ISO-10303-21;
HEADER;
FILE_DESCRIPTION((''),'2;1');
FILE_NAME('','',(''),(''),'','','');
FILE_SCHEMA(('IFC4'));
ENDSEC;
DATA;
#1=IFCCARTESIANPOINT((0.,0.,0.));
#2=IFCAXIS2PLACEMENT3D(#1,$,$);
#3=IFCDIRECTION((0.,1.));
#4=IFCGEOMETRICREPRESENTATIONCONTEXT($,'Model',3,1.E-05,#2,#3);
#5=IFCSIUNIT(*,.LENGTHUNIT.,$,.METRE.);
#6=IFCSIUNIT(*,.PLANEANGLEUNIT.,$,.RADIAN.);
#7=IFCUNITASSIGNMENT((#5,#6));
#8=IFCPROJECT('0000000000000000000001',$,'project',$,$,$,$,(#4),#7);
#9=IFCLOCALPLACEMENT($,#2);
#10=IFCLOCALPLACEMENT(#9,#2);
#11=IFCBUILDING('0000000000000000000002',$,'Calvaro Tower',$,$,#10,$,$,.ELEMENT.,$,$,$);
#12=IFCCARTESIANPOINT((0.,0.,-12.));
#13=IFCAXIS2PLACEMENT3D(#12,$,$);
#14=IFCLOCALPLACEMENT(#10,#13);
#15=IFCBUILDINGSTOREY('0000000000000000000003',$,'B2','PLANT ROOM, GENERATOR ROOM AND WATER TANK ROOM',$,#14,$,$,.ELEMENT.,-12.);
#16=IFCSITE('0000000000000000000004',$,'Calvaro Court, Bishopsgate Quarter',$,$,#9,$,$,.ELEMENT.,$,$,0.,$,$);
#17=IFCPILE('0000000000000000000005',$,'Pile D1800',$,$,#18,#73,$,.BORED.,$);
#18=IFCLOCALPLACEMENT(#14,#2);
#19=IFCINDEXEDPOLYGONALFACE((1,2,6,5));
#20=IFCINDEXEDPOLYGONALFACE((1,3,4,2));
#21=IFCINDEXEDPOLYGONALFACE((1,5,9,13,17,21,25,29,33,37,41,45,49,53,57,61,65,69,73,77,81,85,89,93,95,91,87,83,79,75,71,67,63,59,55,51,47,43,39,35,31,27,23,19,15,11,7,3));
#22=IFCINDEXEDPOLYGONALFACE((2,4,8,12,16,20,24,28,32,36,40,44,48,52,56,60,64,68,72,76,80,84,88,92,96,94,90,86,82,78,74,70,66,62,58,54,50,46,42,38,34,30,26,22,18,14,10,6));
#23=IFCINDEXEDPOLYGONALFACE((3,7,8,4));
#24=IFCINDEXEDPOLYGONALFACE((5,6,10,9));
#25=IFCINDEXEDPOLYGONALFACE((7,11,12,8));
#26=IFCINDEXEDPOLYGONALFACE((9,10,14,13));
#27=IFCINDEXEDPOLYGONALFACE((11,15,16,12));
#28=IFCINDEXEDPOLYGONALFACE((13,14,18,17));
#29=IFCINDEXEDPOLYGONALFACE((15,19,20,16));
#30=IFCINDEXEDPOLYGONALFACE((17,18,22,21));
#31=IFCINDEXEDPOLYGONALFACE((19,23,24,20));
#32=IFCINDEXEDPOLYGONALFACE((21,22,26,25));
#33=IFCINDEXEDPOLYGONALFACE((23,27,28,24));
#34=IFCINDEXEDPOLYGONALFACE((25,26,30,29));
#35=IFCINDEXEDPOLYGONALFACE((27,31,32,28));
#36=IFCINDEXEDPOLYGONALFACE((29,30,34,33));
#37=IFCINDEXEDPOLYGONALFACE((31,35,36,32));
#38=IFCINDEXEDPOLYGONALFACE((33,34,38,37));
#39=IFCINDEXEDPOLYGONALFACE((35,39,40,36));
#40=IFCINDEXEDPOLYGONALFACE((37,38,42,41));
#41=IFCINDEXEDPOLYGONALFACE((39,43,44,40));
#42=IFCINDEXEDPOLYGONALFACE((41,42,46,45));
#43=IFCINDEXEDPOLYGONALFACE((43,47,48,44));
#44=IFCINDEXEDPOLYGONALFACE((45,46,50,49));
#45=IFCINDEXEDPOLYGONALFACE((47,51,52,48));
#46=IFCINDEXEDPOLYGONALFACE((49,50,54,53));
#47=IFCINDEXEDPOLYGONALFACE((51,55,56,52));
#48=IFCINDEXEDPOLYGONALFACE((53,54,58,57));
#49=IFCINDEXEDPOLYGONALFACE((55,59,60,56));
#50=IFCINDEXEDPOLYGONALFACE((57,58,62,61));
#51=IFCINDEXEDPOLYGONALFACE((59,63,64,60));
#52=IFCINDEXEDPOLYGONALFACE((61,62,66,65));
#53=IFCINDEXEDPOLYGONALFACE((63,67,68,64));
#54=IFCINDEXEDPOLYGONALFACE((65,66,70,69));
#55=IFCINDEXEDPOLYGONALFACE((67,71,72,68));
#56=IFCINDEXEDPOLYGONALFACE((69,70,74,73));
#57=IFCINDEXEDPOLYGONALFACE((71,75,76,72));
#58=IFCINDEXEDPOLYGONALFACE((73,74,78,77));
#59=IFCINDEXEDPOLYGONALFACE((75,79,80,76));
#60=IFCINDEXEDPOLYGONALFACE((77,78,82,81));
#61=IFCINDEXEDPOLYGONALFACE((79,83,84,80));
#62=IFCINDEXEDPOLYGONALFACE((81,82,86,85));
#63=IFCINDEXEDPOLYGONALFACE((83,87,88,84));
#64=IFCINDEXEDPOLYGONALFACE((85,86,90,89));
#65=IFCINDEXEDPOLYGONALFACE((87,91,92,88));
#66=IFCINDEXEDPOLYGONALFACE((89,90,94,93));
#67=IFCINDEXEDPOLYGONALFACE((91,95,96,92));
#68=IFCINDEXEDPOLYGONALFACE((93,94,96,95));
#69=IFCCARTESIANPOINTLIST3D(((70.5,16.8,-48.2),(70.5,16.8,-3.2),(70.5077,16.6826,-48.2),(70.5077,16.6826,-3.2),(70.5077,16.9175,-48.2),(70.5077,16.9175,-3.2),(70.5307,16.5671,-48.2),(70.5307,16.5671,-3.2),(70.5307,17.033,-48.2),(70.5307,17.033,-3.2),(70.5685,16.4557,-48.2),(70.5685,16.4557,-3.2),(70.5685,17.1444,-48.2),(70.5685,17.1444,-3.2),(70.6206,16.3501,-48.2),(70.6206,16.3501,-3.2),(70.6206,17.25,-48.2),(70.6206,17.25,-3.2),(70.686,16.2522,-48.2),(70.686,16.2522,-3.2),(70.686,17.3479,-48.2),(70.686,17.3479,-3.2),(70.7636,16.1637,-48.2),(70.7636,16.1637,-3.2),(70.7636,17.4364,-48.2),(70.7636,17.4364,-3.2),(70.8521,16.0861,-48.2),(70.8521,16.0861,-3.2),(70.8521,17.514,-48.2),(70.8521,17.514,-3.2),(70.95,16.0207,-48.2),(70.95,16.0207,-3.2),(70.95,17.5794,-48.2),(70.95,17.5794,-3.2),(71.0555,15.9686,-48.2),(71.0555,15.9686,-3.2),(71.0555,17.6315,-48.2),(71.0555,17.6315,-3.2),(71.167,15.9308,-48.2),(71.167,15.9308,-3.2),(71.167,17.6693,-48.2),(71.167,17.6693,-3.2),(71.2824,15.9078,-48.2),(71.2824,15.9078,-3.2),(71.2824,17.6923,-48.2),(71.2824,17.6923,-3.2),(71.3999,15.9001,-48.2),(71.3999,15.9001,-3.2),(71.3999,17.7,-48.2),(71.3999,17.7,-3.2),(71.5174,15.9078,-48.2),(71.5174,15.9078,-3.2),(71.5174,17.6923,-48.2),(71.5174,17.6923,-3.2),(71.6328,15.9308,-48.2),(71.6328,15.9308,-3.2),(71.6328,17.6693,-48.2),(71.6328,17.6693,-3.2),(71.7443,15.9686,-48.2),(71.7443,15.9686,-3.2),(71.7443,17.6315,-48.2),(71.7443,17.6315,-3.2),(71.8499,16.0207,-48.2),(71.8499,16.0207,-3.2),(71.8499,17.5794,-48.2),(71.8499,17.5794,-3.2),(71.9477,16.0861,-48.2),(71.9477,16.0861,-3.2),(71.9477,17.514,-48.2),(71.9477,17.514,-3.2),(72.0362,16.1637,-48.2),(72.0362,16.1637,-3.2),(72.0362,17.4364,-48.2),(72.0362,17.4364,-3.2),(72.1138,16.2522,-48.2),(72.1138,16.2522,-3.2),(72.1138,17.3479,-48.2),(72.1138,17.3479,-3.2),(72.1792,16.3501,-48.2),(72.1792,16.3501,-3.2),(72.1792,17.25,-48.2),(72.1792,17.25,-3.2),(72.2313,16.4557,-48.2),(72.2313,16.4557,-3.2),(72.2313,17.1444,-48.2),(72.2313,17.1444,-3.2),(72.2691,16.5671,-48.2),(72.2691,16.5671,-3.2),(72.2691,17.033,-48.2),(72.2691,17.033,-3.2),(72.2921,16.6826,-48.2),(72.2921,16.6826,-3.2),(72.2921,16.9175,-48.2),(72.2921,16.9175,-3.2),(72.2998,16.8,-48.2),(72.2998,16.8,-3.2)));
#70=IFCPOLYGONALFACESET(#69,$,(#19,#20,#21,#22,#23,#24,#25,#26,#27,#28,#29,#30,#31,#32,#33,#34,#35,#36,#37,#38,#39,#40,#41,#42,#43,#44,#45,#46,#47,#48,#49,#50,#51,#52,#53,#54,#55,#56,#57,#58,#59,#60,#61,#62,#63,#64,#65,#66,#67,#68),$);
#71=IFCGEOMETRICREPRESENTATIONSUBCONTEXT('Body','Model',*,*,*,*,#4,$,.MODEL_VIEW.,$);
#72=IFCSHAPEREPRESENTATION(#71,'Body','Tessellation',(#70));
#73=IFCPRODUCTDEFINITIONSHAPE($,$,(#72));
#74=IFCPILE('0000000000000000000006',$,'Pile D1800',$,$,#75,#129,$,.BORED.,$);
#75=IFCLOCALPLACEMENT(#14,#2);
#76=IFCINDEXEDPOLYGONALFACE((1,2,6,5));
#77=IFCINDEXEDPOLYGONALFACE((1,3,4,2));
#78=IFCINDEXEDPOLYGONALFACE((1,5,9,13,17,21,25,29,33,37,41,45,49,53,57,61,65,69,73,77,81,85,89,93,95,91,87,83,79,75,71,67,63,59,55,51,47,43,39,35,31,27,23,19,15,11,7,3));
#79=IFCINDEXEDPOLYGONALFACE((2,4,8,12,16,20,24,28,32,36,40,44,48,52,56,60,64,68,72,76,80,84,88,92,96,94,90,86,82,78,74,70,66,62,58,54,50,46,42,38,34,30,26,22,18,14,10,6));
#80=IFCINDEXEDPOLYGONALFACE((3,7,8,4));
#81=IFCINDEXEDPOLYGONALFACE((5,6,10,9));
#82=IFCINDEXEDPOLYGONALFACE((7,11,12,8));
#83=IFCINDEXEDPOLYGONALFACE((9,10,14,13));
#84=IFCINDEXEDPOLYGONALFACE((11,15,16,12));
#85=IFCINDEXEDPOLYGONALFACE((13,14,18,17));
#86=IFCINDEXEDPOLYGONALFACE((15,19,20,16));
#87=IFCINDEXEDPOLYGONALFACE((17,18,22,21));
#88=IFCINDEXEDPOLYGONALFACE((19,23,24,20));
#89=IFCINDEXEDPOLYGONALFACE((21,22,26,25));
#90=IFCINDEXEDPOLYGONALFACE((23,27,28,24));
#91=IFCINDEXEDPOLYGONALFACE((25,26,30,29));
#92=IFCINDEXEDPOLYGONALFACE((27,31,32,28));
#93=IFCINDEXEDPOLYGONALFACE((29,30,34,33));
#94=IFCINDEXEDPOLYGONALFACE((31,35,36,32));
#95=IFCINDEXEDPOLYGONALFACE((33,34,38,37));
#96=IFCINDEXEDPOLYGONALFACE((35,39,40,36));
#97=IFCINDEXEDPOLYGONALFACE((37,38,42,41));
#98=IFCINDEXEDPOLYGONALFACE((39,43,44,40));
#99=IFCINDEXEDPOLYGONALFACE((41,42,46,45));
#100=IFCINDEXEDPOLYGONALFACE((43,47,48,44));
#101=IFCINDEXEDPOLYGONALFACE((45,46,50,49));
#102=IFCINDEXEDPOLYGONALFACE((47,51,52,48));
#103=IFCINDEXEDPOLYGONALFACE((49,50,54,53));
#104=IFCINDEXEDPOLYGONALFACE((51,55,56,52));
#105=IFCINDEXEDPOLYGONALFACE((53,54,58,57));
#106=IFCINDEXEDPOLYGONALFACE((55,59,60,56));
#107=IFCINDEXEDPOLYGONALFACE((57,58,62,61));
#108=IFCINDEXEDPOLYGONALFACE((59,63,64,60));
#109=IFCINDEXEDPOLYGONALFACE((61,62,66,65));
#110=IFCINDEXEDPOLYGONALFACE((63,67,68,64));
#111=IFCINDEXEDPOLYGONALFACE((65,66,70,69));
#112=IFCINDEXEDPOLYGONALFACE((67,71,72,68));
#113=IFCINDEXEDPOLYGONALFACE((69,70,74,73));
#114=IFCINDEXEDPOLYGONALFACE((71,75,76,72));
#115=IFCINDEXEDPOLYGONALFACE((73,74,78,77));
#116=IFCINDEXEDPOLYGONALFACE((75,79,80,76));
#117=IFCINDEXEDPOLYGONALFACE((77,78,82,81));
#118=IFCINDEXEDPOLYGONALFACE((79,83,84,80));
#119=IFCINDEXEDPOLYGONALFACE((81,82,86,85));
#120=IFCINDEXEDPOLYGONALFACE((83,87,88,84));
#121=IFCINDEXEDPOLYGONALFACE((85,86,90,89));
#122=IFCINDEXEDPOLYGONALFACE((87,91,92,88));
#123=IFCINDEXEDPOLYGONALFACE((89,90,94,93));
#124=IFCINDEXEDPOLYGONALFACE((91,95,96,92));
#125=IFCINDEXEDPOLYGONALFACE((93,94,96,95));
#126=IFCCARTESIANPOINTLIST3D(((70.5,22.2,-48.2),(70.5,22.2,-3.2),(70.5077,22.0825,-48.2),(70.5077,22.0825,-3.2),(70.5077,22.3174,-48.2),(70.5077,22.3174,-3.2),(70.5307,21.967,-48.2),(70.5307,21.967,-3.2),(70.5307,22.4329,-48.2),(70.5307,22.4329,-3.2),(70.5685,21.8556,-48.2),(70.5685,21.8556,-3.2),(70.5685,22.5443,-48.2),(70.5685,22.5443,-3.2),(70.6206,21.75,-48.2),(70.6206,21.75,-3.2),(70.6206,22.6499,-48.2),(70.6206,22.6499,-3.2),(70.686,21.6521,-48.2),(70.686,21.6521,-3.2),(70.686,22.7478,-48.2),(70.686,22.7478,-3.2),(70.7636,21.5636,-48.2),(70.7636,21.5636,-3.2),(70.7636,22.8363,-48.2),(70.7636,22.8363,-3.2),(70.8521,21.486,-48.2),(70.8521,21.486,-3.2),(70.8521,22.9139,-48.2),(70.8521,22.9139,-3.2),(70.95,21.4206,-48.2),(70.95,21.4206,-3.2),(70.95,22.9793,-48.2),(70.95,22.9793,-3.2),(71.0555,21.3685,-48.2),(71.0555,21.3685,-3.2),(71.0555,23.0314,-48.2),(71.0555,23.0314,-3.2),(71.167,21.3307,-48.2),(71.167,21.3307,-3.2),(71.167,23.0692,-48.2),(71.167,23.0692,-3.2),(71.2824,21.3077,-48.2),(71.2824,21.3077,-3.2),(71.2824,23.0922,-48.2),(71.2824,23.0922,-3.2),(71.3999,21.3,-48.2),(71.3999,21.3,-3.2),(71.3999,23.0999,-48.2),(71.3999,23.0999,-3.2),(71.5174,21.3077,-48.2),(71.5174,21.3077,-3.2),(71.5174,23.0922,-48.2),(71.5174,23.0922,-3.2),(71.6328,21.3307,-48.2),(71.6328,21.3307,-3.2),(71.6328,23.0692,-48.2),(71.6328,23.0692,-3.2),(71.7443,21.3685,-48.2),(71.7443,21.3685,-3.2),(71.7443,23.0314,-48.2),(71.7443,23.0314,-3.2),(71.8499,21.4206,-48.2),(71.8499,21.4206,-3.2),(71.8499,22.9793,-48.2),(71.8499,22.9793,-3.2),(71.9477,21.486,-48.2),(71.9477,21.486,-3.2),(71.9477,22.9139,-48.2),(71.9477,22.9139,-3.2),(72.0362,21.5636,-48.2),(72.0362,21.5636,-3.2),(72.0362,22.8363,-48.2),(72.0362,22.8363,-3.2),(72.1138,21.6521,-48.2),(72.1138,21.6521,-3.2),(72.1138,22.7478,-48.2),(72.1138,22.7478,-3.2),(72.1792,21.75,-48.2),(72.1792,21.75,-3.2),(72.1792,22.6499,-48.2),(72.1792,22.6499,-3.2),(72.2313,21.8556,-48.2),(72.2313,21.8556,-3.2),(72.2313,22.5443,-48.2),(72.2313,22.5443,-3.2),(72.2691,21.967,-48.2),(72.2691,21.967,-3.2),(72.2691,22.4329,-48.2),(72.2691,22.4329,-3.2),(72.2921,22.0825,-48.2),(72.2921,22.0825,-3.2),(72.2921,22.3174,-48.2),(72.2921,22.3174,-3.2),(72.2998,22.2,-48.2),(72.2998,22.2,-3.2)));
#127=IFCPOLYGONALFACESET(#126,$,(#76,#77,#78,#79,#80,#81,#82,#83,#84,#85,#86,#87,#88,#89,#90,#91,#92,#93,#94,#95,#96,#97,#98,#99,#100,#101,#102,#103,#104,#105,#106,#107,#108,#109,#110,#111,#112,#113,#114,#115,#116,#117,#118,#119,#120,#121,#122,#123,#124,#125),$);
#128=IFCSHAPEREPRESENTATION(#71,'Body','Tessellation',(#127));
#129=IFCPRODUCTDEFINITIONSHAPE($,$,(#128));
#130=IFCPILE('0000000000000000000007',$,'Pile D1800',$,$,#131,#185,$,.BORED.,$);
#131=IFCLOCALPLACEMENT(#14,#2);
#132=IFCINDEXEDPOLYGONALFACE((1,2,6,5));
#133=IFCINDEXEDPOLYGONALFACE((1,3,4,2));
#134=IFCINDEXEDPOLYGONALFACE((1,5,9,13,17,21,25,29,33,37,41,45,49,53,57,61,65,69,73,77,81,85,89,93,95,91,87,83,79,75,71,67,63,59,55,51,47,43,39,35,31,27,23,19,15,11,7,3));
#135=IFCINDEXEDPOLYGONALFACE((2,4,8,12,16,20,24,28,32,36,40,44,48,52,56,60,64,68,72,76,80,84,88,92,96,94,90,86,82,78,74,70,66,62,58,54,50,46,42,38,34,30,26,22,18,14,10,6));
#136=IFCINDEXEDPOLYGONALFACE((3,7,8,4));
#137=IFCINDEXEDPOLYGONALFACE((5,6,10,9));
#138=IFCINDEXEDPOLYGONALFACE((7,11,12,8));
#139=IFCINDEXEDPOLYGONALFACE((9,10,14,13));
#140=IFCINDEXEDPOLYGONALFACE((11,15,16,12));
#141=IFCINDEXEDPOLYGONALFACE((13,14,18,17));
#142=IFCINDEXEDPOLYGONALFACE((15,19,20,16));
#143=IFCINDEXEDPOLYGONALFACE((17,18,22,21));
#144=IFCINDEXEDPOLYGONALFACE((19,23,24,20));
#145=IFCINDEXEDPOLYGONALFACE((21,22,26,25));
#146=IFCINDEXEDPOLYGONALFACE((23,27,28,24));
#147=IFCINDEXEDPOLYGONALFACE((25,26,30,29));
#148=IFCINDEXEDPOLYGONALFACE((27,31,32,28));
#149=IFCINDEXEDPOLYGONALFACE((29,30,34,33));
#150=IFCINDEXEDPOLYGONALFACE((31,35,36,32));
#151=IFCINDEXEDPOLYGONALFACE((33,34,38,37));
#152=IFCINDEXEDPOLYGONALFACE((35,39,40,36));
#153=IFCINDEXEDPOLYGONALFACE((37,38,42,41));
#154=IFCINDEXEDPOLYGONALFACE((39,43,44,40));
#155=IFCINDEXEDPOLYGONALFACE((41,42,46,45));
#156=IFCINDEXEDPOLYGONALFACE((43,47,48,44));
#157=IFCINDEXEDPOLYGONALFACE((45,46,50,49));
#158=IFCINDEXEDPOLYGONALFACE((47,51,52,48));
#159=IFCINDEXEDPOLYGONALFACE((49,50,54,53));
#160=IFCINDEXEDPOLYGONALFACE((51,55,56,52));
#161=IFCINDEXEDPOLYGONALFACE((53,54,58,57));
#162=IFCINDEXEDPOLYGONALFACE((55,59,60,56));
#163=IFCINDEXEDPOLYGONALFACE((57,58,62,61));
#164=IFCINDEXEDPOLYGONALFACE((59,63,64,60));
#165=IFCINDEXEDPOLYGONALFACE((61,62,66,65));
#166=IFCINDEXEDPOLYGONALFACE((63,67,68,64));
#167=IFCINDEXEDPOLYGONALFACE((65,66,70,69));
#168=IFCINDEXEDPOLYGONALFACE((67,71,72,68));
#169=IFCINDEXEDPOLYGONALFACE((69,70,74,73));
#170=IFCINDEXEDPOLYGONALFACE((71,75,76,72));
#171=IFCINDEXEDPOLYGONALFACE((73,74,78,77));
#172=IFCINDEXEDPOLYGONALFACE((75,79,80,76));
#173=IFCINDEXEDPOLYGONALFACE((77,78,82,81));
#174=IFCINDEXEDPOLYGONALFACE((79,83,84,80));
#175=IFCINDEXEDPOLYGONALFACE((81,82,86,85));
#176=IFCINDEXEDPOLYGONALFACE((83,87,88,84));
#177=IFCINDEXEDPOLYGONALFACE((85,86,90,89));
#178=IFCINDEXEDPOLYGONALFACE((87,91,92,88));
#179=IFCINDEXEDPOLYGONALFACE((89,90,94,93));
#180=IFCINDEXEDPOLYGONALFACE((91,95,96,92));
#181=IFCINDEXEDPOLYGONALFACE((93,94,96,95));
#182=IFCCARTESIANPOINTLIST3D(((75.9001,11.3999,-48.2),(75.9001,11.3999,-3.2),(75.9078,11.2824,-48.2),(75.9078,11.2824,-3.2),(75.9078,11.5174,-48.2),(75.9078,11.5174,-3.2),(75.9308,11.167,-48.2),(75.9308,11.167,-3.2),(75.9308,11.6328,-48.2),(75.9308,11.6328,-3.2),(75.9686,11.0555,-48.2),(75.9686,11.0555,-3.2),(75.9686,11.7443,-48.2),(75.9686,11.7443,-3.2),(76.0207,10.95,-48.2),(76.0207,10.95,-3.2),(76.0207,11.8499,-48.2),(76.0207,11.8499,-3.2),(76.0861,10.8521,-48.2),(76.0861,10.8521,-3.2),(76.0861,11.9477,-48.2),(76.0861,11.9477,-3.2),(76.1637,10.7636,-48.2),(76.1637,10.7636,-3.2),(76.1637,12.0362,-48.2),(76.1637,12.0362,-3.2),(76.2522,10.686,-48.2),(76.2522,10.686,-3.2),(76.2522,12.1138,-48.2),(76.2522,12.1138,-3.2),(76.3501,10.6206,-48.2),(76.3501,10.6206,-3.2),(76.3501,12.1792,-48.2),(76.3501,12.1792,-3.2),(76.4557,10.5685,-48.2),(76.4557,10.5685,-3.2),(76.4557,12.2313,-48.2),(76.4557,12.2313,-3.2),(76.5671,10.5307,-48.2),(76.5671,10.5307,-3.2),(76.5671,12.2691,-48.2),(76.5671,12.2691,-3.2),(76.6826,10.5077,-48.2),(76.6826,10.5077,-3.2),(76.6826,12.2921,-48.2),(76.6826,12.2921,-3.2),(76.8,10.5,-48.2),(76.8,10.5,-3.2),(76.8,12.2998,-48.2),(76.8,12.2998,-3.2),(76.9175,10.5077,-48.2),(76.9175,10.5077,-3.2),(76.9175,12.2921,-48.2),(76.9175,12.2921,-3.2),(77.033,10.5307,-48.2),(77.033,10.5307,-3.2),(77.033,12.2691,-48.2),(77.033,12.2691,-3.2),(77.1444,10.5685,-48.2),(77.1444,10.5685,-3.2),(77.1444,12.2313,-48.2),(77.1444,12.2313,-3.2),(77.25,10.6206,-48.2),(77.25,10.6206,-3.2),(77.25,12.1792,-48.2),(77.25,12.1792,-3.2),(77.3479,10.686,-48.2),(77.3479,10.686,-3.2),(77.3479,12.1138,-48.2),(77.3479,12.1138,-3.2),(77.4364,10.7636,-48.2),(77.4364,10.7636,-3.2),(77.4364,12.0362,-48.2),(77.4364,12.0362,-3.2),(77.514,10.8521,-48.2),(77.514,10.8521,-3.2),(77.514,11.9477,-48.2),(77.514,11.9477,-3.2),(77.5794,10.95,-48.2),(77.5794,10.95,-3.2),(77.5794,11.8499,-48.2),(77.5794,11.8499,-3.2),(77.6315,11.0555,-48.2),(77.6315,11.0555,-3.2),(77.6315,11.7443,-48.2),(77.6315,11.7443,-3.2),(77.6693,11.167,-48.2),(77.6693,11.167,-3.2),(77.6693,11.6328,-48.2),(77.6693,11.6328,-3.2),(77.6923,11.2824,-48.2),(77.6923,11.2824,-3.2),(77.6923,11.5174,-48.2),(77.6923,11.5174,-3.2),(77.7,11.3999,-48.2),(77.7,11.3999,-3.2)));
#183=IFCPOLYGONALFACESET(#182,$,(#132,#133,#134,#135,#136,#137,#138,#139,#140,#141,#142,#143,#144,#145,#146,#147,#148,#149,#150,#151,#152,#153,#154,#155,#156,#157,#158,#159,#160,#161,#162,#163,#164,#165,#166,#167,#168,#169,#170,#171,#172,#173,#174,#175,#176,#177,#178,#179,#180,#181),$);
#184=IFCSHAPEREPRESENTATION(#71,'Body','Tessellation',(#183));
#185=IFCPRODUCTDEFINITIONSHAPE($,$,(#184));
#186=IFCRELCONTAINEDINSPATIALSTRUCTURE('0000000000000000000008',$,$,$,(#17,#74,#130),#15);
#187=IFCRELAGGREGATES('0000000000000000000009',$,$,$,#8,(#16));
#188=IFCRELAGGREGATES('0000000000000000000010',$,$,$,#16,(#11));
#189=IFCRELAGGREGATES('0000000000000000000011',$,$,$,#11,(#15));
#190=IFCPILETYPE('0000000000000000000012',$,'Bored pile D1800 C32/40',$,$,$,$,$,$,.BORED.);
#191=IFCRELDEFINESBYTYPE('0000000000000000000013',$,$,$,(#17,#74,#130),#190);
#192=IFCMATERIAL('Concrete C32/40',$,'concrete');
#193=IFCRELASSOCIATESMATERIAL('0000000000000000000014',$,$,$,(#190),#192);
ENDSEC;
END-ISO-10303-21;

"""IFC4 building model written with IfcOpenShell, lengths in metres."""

from ifc_helpers import new_model, si_unit, direction, frame, origin, origin_2d, place, context, subcontext, project, spatial, circle, extrude, material, material_profile, profile_set, type_object, element, save


model = new_model("IFC4")

# Units and contexts
model_context = context("Model", 3, precision=1e-05, world=origin(), true_north=direction((0.0, 1.0)))
body_context = subcontext(model_context, "Body", "Model", "MODEL_VIEW")
ifc_project = project(units=[si_unit("LENGTHUNIT", "METRE"), si_unit("PLANEANGLEUNIT", "RADIAN")], contexts=[model_context])

# Site, building, storey
site_placement = place(None, origin())
site = spatial("IfcSite", under=ifc_project, at=site_placement, Name="Calvaro Court, Bishopsgate Quarter", CompositionType="ELEMENT", RefElevation=0.0)
building_placement = place(site_placement, origin())
building = spatial("IfcBuilding", under=site, at=building_placement, Name="Calvaro Tower", CompositionType="ELEMENT")
storey_placement = place(building_placement, frame((0.0, 0.0, -12.0)))
storey = spatial("IfcBuildingStorey", under=building, at=storey_placement, Name="B2", Description="PLANT ROOM, GENERATOR ROOM AND WATER TANK ROOM", CompositionType="ELEMENT", Elevation=-12.0)

# Piles
ifc_material_1 = material(Name="Concrete C32/40", Category="concrete")
ifc_material_profile_1 = material_profile(ifc_material_1, circle(Radius=0.8999, at=origin_2d()), Name="Bored pile D1800")
ifc_profile_set_1 = profile_set([ifc_material_profile_1], Name="Concrete C32/40")
pile_type = type_object("IfcPileType", Name="Bored pile D1800 C32/40", PredefinedType="BORED", material=ifc_profile_set_1)
for number, where, z_axis, x_axis, name in (
    (1, (71.3999, 16.8, -3.2), (0.0, 0.0, -1.0), (1.0, 0.0, 0.0), "Pile D1800"),
    (2, (71.3999, 22.2, -3.2), (0.0, 0.0, -1.0), (1.0, 0.0, 0.0), "Pile D1800"),
    (3, (76.8, 11.3999, -3.2), (0.0, 0.0, -1.0), (1.0, 0.0, 0.0), "Pile D1800"),
):
    element("IfcPile", number, at=place(storey_placement, frame(where, z_axis=z_axis, x_axis=x_axis)), inside=storey, type_object=pile_type, Name=name, PredefinedType="BORED", context=body_context, shape_type="SweptSolid", body=[
        extrude(circle(Radius=0.8999, at=origin_2d()), origin(), (0.0, 0.0, 1.0), 45.0),
    ])

save(model, "model.ifc")
